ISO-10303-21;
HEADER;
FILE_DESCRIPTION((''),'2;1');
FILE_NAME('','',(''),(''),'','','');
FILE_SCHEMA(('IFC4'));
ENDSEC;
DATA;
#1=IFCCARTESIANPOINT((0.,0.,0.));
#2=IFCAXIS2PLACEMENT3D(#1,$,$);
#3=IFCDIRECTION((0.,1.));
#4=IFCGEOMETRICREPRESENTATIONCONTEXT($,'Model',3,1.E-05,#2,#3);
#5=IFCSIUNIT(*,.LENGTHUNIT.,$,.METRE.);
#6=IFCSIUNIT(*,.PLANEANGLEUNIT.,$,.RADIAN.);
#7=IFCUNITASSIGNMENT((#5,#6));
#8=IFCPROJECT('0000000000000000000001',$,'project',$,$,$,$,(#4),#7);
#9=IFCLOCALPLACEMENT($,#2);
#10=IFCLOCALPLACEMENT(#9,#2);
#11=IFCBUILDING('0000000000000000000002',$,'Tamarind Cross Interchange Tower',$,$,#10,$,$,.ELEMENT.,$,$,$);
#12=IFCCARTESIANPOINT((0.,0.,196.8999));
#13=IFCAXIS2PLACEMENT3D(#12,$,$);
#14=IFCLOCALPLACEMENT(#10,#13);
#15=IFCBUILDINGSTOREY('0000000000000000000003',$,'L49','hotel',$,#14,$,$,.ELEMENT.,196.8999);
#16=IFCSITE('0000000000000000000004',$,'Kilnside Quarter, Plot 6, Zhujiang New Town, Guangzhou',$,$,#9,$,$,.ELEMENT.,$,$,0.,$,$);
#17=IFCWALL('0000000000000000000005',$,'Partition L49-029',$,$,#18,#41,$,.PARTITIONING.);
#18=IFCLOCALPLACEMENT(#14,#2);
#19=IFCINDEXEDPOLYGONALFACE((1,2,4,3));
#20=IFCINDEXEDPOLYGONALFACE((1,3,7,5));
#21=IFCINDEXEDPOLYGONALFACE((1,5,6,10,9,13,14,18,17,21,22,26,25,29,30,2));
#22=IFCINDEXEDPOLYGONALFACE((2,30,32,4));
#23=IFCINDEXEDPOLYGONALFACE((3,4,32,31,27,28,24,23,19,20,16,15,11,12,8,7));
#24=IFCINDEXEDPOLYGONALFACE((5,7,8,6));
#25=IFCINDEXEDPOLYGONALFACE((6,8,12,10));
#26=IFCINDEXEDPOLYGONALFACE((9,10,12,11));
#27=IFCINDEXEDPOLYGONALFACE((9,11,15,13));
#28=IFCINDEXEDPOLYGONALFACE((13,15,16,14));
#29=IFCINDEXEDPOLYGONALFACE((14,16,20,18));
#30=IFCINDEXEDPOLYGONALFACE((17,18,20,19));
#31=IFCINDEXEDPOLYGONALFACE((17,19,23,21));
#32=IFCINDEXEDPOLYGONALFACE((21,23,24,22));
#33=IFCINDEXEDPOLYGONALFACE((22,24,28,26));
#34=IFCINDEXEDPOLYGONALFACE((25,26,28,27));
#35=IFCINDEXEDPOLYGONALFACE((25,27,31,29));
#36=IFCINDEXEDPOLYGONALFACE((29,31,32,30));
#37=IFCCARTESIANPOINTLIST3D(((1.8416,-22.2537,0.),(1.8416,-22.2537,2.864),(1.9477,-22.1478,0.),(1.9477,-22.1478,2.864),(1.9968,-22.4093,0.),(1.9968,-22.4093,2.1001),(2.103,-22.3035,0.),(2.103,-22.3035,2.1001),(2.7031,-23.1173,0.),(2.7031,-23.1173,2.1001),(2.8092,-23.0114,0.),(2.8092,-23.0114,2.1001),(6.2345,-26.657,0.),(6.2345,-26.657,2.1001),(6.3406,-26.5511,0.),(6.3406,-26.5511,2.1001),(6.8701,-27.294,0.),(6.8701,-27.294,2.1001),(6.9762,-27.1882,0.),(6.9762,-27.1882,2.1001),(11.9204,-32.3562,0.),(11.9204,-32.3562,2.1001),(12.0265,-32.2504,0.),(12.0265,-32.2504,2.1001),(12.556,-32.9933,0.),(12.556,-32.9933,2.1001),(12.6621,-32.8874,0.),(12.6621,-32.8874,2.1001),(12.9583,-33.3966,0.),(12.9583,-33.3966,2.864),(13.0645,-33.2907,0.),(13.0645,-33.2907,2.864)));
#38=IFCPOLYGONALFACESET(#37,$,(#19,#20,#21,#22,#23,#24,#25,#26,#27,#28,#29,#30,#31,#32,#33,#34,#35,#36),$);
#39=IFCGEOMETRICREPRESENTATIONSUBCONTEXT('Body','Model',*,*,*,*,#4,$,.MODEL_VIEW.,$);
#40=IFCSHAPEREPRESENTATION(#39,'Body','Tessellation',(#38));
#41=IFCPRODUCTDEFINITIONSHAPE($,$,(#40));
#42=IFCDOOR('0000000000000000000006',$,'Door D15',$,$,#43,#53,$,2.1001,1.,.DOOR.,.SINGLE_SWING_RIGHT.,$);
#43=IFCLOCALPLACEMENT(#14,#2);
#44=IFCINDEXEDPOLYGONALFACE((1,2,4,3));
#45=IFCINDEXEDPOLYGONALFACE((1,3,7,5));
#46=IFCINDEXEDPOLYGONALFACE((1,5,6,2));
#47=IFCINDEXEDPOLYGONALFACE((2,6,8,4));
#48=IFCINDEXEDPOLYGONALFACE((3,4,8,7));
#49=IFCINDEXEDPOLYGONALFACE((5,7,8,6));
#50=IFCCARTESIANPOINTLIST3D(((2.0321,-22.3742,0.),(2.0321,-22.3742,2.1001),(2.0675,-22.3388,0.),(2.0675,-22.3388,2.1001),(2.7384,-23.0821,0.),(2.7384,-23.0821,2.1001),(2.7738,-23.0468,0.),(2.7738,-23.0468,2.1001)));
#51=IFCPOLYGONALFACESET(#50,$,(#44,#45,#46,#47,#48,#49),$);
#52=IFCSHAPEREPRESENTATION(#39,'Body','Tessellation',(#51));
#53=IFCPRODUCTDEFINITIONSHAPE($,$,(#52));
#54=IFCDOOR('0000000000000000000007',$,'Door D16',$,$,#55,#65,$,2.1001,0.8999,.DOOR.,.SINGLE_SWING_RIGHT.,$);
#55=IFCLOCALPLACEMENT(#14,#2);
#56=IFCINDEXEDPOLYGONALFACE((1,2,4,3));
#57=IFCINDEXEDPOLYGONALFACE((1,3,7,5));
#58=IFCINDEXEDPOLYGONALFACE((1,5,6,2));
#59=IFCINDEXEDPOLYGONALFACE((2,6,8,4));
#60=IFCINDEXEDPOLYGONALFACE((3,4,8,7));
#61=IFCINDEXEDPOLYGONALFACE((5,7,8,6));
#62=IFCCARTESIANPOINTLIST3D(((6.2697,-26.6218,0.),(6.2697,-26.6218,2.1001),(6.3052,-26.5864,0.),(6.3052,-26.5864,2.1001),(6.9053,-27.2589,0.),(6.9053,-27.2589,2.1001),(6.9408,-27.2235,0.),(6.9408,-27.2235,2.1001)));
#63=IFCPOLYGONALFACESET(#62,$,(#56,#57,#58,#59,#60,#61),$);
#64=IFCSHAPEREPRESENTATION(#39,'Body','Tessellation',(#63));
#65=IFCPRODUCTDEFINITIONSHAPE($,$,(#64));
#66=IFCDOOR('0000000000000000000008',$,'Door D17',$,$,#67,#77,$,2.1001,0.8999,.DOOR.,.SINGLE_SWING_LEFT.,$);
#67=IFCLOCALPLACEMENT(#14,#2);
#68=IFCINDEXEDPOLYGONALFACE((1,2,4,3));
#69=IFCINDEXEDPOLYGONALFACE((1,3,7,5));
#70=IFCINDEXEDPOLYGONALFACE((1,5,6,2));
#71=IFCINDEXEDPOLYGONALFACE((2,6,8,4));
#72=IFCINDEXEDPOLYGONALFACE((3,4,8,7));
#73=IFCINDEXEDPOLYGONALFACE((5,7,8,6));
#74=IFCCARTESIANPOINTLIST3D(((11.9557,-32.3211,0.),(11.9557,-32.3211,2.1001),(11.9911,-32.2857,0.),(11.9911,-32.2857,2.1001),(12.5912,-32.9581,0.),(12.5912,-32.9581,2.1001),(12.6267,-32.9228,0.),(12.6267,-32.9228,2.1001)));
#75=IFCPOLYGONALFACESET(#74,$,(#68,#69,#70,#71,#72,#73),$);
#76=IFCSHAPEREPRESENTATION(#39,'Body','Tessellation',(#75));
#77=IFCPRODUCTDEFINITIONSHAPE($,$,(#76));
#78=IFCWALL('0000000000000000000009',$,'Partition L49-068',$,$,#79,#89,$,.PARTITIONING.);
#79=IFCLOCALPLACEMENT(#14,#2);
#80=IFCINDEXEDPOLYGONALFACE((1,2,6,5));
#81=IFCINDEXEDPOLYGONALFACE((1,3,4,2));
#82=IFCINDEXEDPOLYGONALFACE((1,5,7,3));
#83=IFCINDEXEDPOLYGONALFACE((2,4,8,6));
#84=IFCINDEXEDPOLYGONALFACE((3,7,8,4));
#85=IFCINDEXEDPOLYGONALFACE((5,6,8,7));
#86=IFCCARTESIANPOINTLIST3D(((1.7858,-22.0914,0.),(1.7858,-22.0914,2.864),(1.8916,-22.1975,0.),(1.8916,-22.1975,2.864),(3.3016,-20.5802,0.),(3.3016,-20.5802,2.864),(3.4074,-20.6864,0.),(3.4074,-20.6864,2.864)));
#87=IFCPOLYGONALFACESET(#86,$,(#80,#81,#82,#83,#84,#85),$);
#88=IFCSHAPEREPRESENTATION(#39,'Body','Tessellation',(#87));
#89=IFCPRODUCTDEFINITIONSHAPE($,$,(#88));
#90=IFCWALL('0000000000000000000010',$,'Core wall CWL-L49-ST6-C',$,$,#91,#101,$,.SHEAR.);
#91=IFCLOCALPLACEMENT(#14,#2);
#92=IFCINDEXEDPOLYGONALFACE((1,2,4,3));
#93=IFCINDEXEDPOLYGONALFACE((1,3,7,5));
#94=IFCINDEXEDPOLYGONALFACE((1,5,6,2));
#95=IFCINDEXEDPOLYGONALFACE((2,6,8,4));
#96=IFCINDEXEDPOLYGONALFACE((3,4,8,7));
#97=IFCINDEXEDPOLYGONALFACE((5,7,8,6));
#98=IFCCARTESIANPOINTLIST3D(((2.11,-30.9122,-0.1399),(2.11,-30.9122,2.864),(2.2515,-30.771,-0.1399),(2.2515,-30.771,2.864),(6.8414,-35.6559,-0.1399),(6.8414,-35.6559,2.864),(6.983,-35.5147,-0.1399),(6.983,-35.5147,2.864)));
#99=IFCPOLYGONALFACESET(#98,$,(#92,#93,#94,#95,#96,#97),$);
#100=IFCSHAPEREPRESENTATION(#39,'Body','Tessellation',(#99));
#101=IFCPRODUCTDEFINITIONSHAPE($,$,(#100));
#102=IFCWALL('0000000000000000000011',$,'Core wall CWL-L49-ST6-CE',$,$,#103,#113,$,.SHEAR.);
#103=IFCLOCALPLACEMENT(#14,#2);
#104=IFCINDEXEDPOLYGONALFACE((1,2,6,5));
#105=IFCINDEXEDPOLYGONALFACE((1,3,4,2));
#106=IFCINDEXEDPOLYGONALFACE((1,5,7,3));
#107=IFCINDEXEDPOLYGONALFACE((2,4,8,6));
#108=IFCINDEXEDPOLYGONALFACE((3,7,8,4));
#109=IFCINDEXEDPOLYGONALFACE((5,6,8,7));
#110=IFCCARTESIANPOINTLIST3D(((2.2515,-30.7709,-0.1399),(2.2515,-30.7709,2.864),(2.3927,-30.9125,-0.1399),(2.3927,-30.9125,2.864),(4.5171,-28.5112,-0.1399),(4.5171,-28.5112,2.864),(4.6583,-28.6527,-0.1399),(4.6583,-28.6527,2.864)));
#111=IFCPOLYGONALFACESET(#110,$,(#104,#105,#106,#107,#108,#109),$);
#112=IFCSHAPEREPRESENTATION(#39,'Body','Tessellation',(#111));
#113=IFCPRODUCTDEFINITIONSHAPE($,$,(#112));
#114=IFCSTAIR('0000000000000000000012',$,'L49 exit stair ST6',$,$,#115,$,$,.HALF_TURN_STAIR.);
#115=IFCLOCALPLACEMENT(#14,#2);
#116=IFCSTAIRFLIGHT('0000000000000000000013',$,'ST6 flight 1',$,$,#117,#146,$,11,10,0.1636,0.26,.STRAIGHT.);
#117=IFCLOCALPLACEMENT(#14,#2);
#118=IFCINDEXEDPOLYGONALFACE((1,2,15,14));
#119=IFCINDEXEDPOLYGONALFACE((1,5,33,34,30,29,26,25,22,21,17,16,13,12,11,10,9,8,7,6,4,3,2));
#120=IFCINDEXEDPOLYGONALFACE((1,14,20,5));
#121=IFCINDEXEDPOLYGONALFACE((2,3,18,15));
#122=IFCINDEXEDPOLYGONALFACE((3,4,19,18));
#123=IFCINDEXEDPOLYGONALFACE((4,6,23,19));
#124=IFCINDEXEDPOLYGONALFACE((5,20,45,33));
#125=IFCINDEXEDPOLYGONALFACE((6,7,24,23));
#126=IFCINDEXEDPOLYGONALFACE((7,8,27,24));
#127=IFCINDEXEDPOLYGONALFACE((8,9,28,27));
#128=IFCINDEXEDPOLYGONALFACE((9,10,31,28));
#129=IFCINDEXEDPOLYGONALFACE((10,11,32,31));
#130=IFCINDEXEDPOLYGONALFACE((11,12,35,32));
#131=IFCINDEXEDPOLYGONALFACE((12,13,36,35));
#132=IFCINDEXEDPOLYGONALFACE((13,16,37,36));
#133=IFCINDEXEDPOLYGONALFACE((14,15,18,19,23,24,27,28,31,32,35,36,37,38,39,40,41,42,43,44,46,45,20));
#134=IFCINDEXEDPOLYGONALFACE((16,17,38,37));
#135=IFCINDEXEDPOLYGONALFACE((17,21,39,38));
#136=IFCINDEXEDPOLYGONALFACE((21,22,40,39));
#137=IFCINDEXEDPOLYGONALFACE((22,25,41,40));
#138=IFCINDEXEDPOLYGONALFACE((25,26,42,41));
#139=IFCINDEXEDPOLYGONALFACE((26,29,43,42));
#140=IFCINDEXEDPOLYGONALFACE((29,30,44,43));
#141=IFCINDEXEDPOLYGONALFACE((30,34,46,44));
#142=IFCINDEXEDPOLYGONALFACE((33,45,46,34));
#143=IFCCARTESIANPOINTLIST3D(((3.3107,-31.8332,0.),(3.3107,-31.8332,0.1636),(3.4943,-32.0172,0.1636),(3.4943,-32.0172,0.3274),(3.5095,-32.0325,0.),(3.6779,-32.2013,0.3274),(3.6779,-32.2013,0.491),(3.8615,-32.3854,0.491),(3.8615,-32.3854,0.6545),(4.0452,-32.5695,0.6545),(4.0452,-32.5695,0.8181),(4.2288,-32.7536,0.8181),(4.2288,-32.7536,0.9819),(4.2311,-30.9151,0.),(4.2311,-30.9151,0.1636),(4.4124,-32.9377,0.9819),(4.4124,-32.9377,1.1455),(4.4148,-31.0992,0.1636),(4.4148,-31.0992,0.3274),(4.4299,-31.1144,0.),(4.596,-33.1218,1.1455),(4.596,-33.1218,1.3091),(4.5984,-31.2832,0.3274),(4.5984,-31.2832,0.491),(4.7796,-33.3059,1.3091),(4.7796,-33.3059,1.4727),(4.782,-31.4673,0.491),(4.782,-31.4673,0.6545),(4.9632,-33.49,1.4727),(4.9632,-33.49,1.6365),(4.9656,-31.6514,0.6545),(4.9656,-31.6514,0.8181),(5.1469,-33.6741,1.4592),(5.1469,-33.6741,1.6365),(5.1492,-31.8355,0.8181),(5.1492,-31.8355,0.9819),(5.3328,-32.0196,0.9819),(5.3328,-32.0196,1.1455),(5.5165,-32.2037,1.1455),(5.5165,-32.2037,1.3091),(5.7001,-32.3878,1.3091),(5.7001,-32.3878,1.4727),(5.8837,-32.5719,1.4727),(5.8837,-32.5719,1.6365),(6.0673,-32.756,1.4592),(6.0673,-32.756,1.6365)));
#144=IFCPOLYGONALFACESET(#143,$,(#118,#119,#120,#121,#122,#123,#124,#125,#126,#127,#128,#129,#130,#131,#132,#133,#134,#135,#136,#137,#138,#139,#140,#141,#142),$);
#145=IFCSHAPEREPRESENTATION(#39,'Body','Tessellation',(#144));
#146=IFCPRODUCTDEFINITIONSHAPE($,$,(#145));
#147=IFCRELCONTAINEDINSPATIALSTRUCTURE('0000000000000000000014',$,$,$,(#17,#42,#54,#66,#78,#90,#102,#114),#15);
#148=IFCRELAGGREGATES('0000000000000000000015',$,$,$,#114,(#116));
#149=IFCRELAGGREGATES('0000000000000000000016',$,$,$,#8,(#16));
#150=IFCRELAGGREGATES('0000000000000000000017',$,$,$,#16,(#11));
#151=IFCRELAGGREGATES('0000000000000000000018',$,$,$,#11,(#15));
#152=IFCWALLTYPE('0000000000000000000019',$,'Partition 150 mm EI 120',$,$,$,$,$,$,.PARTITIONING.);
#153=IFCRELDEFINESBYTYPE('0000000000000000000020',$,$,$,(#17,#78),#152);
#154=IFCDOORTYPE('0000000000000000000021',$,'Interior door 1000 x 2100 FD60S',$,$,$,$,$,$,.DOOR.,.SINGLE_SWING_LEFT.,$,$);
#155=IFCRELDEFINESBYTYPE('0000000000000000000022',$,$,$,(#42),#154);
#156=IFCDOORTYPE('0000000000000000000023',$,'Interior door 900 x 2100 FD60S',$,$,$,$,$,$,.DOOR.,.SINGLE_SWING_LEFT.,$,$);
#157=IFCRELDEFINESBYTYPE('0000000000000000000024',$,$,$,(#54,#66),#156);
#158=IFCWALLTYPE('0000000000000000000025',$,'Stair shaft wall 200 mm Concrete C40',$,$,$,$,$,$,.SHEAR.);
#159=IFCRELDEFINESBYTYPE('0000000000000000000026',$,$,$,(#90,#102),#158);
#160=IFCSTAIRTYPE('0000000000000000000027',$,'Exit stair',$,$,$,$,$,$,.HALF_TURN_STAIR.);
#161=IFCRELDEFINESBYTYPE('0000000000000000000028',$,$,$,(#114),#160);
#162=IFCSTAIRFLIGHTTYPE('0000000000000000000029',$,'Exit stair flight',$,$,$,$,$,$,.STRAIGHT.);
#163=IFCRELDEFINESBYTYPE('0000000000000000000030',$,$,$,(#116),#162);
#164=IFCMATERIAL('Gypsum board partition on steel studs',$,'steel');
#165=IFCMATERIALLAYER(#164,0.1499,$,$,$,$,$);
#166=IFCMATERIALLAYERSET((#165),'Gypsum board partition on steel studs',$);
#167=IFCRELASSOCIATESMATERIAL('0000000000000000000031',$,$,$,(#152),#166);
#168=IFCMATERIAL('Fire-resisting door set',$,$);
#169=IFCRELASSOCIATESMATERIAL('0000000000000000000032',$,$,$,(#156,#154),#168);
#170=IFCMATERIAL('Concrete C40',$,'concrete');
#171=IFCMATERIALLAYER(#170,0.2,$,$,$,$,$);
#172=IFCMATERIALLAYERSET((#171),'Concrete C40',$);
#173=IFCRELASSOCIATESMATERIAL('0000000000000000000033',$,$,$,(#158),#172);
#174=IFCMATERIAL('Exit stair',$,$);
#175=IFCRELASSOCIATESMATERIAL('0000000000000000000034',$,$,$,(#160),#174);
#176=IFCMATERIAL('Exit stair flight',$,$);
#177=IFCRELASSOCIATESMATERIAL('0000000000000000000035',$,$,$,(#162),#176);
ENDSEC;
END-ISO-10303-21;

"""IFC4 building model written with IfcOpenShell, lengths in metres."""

from ifc_helpers import new_model, si_unit, direction, frame, frame_2d, origin, place, context, subcontext, project, spatial, polyline, rectangle, outline, extrude, material, layer, layer_set, type_object, element, fill, aggregate, save


model = new_model("IFC4")

# Units and contexts
model_context = context("Model", 3, precision=1e-05, world=origin(), true_north=direction((0.0, 1.0)))
body_context = subcontext(model_context, "Body", "Model", "MODEL_VIEW")
ifc_project = project(units=[si_unit("LENGTHUNIT", "METRE"), si_unit("PLANEANGLEUNIT", "RADIAN")], contexts=[model_context])

# Site, building, storey
site_placement = place(None, origin())
site = spatial("IfcSite", under=ifc_project, at=site_placement, Name="Kilnside Quarter, Plot 6, Zhujiang New Town, Guangzhou", CompositionType="ELEMENT", RefElevation=0.0)
building_placement = place(site_placement, origin())
building = spatial("IfcBuilding", under=site, at=building_placement, Name="Tamarind Cross Interchange Tower", CompositionType="ELEMENT")
storey_placement = place(building_placement, frame((0.0, 0.0, 196.8999)))
storey = spatial("IfcBuildingStorey", under=building, at=storey_placement, Name="L49", Description="hotel", CompositionType="ELEMENT", Elevation=196.8999)

# Shared definitions
ifc_material_1 = material(Name="Gypsum board partition on steel studs", Category="steel")
ifc_layer_1 = layer(ifc_material_1, 0.1499)
ifc_layer_set_1 = layer_set([ifc_layer_1], Name="Gypsum board partition on steel studs")
wall_type_1 = type_object("IfcWallType", Name="Partition 150 mm EI 120", PredefinedType="PARTITIONING", material=ifc_layer_set_1)
ifc_material_2 = material(Name="Fire-resisting door set")
door_type_1 = type_object("IfcDoorType", Name="Interior door 900 x 2100 FD60S", OperationType="SINGLE_SWING_LEFT", PredefinedType="DOOR", material=ifc_material_2)

# Wall, openings, doors
wall_1_placement = place(storey_placement, frame((1.8945, -22.2007, 0.0), z_axis=(0.0, 0.0, 1.0), x_axis=(0.706276, -0.707936, 0.0)))
wall_1 = element("IfcWall", 1, at=wall_1_placement, inside=storey, type_object=wall_type_1, Name="Partition L49-029", PredefinedType="PARTITIONING", context=body_context, shape_type="SweptSolid", body=[
    extrude(rectangle(XDim=15.74, YDim=0.1499, at=frame_2d((7.8701, 0.0))), origin(), (0.0, 0.0, 1.0), 2.864),
])
opening_1_placement = place(wall_1_placement, frame((0.22, 0.0, 0.0)))
opening_1 = element("IfcOpeningElement", 2, at=opening_1_placement, cuts=wall_1, PredefinedType="OPENING", context=body_context, shape_type="SweptSolid", body=[
    extrude(rectangle(XDim=1.0, YDim=2.1001, at=frame_2d((0.5, 1.05))), frame((0.0, 0.085, 0.0), z_axis=(0.0, -1.0, 0.0), x_axis=(1.0, 0.0, 0.0)), (0.0, 0.0, 1.0), 0.1699),
])
opening_2_placement = place(wall_1_placement, frame((6.22, 0.0, 0.0)))
opening_2 = element("IfcOpeningElement", 3, at=opening_2_placement, cuts=wall_1, PredefinedType="OPENING", context=body_context, shape_type="SweptSolid", body=[
    extrude(rectangle(XDim=0.8999, YDim=2.1001, at=frame_2d((0.45, 1.05))), frame((0.0, 0.085, 0.0), z_axis=(0.0, -1.0, 0.0), x_axis=(1.0, 0.0, 0.0)), (0.0, 0.0, 1.0), 0.1699),
])
opening_3_placement = place(wall_1_placement, frame((14.2705, 0.0, 0.0)))
opening_3 = element("IfcOpeningElement", 4, at=opening_3_placement, cuts=wall_1, PredefinedType="OPENING", context=body_context, shape_type="SweptSolid", body=[
    extrude(rectangle(XDim=0.8999, YDim=2.1001, at=frame_2d((0.45, 1.05))), frame((0.0, 0.085, 0.0), z_axis=(0.0, -1.0, 0.0), x_axis=(1.0, 0.0, 0.0)), (0.0, 0.0, 1.0), 0.1699),
])
door_type_2 = type_object("IfcDoorType", Name="Interior door 1000 x 2100 FD60S", OperationType="SINGLE_SWING_LEFT", PredefinedType="DOOR", material=ifc_material_2)
door_1_placement = place(opening_1_placement, origin())
door_1 = element("IfcDoor", 5, at=door_1_placement, inside=storey, type_object=door_type_2, Name="Door D15", OperationType="SINGLE_SWING_RIGHT", OverallHeight=2.1001, OverallWidth=1.0, PredefinedType="DOOR", context=body_context, shape_type="SweptSolid", body=[
    extrude(rectangle(XDim=1.0, YDim=2.1001, at=frame_2d((0.5, 1.05))), frame((0.0, 0.0249, 0.0), z_axis=(0.0, -1.0, 0.0), x_axis=(1.0, 0.0, 0.0)), (0.0, 0.0, 1.0), 0.05),
])
fill(opening_1, door_1)
door_2_placement = place(opening_2_placement, origin())
door_2 = element("IfcDoor", 6, at=door_2_placement, inside=storey, type_object=door_type_1, Name="Door D16", OperationType="SINGLE_SWING_RIGHT", OverallHeight=2.1001, OverallWidth=0.8999, PredefinedType="DOOR", context=body_context, shape_type="SweptSolid", body=[
    extrude(rectangle(XDim=0.8999, YDim=2.1001, at=frame_2d((0.45, 1.05))), frame((0.0, 0.0249, 0.0), z_axis=(0.0, -1.0, 0.0), x_axis=(1.0, 0.0, 0.0)), (0.0, 0.0, 1.0), 0.05),
])
fill(opening_2, door_2)
door_3_placement = place(opening_3_placement, origin())
door_3 = element("IfcDoor", 7, at=door_3_placement, inside=storey, type_object=door_type_1, Name="Door D17", OperationType="SINGLE_SWING_LEFT", OverallHeight=2.1001, OverallWidth=0.8999, PredefinedType="DOOR", context=body_context, shape_type="SweptSolid", body=[
    extrude(rectangle(XDim=0.8999, YDim=2.1001, at=frame_2d((0.45, 1.05))), frame((0.0, 0.0249, 0.0), z_axis=(0.0, -1.0, 0.0), x_axis=(1.0, 0.0, 0.0)), (0.0, 0.0, 1.0), 0.05),
])
fill(opening_3, door_3)

# Walls
wall_2_placement = place(storey_placement, frame((1.8386, -22.1445, 0.0), z_axis=(0.0, 0.0, 1.0), x_axis=(0.70819, 0.706022, 0.0)))
element("IfcWall", 8, at=wall_2_placement, inside=storey, type_object=wall_type_1, Name="Partition L49-068", PredefinedType="PARTITIONING", context=body_context, shape_type="SweptSolid", body=[
    extrude(rectangle(XDim=2.1404, YDim=0.1499, at=frame_2d((1.0703, 0.0))), origin(), (0.0, 0.0, 1.0), 2.864),
])
ifc_material_3 = material(Name="Concrete C40", Category="concrete")
ifc_layer_2 = layer(ifc_material_3, 0.2)
ifc_layer_set_2 = layer_set([ifc_layer_2], Name="Concrete C40")
wall_type_2 = type_object("IfcWallType", Name="Stair shaft wall 200 mm Concrete C40", PredefinedType="SHEAR", material=ifc_layer_set_2)
wall_3_placement = place(storey_placement, frame((2.1807, -30.8416, -0.1399), z_axis=(0.0, 0.0, 1.0), x_axis=(0.706195, -0.708017, 0.0)))
element("IfcWall", 9, at=wall_3_placement, inside=storey, type_object=wall_type_2, Name="Core wall CWL-L49-ST6-C", PredefinedType="SHEAR", context=body_context, shape_type="SweptSolid", body=[
    extrude(rectangle(XDim=6.7, YDim=0.2, at=frame_2d((3.3501, 0.0))), origin(), (0.0, 0.0, 1.0), 3.0039),
])
wall_4_placement = place(storey_placement, frame((2.322, -30.8418, -0.1399), z_axis=(0.0, 0.0, 1.0), x_axis=(0.708022, 0.706191, 0.0)))
element("IfcWall", 10, at=wall_4_placement, inside=storey, type_object=wall_type_2, Name="Core wall CWL-L49-ST6-CE", PredefinedType="SHEAR", context=body_context, shape_type="SweptSolid", body=[
    extrude(rectangle(XDim=3.2, YDim=0.2, at=frame_2d((1.6001, 0.0))), origin(), (0.0, 0.0, 1.0), 3.0039),
])

# Stair, stair flight
ifc_material_4 = material(Name="Exit stair")
stair_type = type_object("IfcStairType", Name="Exit stair", PredefinedType="HALF_TURN_STAIR", material=ifc_material_4)
stair_placement = place(storey_placement, origin())
stair = element("IfcStair", 11, at=stair_placement, inside=storey, type_object=stair_type, Name="L49 exit stair ST6", PredefinedType="HALF_TURN_STAIR")
ifc_material_5 = material(Name="Exit stair flight")
stair_flight_type = type_object("IfcStairFlightType", Name="Exit stair flight", PredefinedType="STRAIGHT", material=ifc_material_5)
stair_flight_placement = place(storey_placement, frame((3.771, -31.374, 0.0), z_axis=(0.0, 0.0, 1.0), x_axis=(0.706198, -0.708015, 0.0)))
stair_flight = element("IfcStairFlight", 12, at=stair_flight_placement, type_object=stair_flight_type, Name="ST6 flight 1", NumberOfRisers=11, NumberOfTreads=10, PredefinedType="STRAIGHT", RiserHeight=0.1636, TreadLength=0.26, context=body_context, shape_type="SweptSolid", body=[
    extrude(outline(polyline([(0.0, 0.0), (0.0, 0.1636), (0.26, 0.1636), (0.26, 0.3274), (0.52, 0.3274), (0.52, 0.491), (0.78, 0.491), (0.78, 0.6545), (1.04, 0.6545), (1.04, 0.8181), (1.3, 0.8181), (1.3, 0.9819), (1.5601, 0.9819), (1.5601, 1.1455), (1.8201, 1.1455), (1.8201, 1.3091), (2.0801, 1.3091), (2.0801, 1.4727), (2.3401, 1.4727), (2.3401, 1.6365), (2.6001, 1.6365), (2.6001, 1.8), (2.6001, 1.4592), (0.2815, 0.0), (0.0, 0.0)])), frame((0.0, 0.6499, 0.0), z_axis=(0.0, -1.0, 0.0), x_axis=(1.0, 0.0, 0.0)), (0.0, 0.0, 1.0), 1.3),
])
aggregate(stair, [stair_flight])

save(model, "model.ifc")
